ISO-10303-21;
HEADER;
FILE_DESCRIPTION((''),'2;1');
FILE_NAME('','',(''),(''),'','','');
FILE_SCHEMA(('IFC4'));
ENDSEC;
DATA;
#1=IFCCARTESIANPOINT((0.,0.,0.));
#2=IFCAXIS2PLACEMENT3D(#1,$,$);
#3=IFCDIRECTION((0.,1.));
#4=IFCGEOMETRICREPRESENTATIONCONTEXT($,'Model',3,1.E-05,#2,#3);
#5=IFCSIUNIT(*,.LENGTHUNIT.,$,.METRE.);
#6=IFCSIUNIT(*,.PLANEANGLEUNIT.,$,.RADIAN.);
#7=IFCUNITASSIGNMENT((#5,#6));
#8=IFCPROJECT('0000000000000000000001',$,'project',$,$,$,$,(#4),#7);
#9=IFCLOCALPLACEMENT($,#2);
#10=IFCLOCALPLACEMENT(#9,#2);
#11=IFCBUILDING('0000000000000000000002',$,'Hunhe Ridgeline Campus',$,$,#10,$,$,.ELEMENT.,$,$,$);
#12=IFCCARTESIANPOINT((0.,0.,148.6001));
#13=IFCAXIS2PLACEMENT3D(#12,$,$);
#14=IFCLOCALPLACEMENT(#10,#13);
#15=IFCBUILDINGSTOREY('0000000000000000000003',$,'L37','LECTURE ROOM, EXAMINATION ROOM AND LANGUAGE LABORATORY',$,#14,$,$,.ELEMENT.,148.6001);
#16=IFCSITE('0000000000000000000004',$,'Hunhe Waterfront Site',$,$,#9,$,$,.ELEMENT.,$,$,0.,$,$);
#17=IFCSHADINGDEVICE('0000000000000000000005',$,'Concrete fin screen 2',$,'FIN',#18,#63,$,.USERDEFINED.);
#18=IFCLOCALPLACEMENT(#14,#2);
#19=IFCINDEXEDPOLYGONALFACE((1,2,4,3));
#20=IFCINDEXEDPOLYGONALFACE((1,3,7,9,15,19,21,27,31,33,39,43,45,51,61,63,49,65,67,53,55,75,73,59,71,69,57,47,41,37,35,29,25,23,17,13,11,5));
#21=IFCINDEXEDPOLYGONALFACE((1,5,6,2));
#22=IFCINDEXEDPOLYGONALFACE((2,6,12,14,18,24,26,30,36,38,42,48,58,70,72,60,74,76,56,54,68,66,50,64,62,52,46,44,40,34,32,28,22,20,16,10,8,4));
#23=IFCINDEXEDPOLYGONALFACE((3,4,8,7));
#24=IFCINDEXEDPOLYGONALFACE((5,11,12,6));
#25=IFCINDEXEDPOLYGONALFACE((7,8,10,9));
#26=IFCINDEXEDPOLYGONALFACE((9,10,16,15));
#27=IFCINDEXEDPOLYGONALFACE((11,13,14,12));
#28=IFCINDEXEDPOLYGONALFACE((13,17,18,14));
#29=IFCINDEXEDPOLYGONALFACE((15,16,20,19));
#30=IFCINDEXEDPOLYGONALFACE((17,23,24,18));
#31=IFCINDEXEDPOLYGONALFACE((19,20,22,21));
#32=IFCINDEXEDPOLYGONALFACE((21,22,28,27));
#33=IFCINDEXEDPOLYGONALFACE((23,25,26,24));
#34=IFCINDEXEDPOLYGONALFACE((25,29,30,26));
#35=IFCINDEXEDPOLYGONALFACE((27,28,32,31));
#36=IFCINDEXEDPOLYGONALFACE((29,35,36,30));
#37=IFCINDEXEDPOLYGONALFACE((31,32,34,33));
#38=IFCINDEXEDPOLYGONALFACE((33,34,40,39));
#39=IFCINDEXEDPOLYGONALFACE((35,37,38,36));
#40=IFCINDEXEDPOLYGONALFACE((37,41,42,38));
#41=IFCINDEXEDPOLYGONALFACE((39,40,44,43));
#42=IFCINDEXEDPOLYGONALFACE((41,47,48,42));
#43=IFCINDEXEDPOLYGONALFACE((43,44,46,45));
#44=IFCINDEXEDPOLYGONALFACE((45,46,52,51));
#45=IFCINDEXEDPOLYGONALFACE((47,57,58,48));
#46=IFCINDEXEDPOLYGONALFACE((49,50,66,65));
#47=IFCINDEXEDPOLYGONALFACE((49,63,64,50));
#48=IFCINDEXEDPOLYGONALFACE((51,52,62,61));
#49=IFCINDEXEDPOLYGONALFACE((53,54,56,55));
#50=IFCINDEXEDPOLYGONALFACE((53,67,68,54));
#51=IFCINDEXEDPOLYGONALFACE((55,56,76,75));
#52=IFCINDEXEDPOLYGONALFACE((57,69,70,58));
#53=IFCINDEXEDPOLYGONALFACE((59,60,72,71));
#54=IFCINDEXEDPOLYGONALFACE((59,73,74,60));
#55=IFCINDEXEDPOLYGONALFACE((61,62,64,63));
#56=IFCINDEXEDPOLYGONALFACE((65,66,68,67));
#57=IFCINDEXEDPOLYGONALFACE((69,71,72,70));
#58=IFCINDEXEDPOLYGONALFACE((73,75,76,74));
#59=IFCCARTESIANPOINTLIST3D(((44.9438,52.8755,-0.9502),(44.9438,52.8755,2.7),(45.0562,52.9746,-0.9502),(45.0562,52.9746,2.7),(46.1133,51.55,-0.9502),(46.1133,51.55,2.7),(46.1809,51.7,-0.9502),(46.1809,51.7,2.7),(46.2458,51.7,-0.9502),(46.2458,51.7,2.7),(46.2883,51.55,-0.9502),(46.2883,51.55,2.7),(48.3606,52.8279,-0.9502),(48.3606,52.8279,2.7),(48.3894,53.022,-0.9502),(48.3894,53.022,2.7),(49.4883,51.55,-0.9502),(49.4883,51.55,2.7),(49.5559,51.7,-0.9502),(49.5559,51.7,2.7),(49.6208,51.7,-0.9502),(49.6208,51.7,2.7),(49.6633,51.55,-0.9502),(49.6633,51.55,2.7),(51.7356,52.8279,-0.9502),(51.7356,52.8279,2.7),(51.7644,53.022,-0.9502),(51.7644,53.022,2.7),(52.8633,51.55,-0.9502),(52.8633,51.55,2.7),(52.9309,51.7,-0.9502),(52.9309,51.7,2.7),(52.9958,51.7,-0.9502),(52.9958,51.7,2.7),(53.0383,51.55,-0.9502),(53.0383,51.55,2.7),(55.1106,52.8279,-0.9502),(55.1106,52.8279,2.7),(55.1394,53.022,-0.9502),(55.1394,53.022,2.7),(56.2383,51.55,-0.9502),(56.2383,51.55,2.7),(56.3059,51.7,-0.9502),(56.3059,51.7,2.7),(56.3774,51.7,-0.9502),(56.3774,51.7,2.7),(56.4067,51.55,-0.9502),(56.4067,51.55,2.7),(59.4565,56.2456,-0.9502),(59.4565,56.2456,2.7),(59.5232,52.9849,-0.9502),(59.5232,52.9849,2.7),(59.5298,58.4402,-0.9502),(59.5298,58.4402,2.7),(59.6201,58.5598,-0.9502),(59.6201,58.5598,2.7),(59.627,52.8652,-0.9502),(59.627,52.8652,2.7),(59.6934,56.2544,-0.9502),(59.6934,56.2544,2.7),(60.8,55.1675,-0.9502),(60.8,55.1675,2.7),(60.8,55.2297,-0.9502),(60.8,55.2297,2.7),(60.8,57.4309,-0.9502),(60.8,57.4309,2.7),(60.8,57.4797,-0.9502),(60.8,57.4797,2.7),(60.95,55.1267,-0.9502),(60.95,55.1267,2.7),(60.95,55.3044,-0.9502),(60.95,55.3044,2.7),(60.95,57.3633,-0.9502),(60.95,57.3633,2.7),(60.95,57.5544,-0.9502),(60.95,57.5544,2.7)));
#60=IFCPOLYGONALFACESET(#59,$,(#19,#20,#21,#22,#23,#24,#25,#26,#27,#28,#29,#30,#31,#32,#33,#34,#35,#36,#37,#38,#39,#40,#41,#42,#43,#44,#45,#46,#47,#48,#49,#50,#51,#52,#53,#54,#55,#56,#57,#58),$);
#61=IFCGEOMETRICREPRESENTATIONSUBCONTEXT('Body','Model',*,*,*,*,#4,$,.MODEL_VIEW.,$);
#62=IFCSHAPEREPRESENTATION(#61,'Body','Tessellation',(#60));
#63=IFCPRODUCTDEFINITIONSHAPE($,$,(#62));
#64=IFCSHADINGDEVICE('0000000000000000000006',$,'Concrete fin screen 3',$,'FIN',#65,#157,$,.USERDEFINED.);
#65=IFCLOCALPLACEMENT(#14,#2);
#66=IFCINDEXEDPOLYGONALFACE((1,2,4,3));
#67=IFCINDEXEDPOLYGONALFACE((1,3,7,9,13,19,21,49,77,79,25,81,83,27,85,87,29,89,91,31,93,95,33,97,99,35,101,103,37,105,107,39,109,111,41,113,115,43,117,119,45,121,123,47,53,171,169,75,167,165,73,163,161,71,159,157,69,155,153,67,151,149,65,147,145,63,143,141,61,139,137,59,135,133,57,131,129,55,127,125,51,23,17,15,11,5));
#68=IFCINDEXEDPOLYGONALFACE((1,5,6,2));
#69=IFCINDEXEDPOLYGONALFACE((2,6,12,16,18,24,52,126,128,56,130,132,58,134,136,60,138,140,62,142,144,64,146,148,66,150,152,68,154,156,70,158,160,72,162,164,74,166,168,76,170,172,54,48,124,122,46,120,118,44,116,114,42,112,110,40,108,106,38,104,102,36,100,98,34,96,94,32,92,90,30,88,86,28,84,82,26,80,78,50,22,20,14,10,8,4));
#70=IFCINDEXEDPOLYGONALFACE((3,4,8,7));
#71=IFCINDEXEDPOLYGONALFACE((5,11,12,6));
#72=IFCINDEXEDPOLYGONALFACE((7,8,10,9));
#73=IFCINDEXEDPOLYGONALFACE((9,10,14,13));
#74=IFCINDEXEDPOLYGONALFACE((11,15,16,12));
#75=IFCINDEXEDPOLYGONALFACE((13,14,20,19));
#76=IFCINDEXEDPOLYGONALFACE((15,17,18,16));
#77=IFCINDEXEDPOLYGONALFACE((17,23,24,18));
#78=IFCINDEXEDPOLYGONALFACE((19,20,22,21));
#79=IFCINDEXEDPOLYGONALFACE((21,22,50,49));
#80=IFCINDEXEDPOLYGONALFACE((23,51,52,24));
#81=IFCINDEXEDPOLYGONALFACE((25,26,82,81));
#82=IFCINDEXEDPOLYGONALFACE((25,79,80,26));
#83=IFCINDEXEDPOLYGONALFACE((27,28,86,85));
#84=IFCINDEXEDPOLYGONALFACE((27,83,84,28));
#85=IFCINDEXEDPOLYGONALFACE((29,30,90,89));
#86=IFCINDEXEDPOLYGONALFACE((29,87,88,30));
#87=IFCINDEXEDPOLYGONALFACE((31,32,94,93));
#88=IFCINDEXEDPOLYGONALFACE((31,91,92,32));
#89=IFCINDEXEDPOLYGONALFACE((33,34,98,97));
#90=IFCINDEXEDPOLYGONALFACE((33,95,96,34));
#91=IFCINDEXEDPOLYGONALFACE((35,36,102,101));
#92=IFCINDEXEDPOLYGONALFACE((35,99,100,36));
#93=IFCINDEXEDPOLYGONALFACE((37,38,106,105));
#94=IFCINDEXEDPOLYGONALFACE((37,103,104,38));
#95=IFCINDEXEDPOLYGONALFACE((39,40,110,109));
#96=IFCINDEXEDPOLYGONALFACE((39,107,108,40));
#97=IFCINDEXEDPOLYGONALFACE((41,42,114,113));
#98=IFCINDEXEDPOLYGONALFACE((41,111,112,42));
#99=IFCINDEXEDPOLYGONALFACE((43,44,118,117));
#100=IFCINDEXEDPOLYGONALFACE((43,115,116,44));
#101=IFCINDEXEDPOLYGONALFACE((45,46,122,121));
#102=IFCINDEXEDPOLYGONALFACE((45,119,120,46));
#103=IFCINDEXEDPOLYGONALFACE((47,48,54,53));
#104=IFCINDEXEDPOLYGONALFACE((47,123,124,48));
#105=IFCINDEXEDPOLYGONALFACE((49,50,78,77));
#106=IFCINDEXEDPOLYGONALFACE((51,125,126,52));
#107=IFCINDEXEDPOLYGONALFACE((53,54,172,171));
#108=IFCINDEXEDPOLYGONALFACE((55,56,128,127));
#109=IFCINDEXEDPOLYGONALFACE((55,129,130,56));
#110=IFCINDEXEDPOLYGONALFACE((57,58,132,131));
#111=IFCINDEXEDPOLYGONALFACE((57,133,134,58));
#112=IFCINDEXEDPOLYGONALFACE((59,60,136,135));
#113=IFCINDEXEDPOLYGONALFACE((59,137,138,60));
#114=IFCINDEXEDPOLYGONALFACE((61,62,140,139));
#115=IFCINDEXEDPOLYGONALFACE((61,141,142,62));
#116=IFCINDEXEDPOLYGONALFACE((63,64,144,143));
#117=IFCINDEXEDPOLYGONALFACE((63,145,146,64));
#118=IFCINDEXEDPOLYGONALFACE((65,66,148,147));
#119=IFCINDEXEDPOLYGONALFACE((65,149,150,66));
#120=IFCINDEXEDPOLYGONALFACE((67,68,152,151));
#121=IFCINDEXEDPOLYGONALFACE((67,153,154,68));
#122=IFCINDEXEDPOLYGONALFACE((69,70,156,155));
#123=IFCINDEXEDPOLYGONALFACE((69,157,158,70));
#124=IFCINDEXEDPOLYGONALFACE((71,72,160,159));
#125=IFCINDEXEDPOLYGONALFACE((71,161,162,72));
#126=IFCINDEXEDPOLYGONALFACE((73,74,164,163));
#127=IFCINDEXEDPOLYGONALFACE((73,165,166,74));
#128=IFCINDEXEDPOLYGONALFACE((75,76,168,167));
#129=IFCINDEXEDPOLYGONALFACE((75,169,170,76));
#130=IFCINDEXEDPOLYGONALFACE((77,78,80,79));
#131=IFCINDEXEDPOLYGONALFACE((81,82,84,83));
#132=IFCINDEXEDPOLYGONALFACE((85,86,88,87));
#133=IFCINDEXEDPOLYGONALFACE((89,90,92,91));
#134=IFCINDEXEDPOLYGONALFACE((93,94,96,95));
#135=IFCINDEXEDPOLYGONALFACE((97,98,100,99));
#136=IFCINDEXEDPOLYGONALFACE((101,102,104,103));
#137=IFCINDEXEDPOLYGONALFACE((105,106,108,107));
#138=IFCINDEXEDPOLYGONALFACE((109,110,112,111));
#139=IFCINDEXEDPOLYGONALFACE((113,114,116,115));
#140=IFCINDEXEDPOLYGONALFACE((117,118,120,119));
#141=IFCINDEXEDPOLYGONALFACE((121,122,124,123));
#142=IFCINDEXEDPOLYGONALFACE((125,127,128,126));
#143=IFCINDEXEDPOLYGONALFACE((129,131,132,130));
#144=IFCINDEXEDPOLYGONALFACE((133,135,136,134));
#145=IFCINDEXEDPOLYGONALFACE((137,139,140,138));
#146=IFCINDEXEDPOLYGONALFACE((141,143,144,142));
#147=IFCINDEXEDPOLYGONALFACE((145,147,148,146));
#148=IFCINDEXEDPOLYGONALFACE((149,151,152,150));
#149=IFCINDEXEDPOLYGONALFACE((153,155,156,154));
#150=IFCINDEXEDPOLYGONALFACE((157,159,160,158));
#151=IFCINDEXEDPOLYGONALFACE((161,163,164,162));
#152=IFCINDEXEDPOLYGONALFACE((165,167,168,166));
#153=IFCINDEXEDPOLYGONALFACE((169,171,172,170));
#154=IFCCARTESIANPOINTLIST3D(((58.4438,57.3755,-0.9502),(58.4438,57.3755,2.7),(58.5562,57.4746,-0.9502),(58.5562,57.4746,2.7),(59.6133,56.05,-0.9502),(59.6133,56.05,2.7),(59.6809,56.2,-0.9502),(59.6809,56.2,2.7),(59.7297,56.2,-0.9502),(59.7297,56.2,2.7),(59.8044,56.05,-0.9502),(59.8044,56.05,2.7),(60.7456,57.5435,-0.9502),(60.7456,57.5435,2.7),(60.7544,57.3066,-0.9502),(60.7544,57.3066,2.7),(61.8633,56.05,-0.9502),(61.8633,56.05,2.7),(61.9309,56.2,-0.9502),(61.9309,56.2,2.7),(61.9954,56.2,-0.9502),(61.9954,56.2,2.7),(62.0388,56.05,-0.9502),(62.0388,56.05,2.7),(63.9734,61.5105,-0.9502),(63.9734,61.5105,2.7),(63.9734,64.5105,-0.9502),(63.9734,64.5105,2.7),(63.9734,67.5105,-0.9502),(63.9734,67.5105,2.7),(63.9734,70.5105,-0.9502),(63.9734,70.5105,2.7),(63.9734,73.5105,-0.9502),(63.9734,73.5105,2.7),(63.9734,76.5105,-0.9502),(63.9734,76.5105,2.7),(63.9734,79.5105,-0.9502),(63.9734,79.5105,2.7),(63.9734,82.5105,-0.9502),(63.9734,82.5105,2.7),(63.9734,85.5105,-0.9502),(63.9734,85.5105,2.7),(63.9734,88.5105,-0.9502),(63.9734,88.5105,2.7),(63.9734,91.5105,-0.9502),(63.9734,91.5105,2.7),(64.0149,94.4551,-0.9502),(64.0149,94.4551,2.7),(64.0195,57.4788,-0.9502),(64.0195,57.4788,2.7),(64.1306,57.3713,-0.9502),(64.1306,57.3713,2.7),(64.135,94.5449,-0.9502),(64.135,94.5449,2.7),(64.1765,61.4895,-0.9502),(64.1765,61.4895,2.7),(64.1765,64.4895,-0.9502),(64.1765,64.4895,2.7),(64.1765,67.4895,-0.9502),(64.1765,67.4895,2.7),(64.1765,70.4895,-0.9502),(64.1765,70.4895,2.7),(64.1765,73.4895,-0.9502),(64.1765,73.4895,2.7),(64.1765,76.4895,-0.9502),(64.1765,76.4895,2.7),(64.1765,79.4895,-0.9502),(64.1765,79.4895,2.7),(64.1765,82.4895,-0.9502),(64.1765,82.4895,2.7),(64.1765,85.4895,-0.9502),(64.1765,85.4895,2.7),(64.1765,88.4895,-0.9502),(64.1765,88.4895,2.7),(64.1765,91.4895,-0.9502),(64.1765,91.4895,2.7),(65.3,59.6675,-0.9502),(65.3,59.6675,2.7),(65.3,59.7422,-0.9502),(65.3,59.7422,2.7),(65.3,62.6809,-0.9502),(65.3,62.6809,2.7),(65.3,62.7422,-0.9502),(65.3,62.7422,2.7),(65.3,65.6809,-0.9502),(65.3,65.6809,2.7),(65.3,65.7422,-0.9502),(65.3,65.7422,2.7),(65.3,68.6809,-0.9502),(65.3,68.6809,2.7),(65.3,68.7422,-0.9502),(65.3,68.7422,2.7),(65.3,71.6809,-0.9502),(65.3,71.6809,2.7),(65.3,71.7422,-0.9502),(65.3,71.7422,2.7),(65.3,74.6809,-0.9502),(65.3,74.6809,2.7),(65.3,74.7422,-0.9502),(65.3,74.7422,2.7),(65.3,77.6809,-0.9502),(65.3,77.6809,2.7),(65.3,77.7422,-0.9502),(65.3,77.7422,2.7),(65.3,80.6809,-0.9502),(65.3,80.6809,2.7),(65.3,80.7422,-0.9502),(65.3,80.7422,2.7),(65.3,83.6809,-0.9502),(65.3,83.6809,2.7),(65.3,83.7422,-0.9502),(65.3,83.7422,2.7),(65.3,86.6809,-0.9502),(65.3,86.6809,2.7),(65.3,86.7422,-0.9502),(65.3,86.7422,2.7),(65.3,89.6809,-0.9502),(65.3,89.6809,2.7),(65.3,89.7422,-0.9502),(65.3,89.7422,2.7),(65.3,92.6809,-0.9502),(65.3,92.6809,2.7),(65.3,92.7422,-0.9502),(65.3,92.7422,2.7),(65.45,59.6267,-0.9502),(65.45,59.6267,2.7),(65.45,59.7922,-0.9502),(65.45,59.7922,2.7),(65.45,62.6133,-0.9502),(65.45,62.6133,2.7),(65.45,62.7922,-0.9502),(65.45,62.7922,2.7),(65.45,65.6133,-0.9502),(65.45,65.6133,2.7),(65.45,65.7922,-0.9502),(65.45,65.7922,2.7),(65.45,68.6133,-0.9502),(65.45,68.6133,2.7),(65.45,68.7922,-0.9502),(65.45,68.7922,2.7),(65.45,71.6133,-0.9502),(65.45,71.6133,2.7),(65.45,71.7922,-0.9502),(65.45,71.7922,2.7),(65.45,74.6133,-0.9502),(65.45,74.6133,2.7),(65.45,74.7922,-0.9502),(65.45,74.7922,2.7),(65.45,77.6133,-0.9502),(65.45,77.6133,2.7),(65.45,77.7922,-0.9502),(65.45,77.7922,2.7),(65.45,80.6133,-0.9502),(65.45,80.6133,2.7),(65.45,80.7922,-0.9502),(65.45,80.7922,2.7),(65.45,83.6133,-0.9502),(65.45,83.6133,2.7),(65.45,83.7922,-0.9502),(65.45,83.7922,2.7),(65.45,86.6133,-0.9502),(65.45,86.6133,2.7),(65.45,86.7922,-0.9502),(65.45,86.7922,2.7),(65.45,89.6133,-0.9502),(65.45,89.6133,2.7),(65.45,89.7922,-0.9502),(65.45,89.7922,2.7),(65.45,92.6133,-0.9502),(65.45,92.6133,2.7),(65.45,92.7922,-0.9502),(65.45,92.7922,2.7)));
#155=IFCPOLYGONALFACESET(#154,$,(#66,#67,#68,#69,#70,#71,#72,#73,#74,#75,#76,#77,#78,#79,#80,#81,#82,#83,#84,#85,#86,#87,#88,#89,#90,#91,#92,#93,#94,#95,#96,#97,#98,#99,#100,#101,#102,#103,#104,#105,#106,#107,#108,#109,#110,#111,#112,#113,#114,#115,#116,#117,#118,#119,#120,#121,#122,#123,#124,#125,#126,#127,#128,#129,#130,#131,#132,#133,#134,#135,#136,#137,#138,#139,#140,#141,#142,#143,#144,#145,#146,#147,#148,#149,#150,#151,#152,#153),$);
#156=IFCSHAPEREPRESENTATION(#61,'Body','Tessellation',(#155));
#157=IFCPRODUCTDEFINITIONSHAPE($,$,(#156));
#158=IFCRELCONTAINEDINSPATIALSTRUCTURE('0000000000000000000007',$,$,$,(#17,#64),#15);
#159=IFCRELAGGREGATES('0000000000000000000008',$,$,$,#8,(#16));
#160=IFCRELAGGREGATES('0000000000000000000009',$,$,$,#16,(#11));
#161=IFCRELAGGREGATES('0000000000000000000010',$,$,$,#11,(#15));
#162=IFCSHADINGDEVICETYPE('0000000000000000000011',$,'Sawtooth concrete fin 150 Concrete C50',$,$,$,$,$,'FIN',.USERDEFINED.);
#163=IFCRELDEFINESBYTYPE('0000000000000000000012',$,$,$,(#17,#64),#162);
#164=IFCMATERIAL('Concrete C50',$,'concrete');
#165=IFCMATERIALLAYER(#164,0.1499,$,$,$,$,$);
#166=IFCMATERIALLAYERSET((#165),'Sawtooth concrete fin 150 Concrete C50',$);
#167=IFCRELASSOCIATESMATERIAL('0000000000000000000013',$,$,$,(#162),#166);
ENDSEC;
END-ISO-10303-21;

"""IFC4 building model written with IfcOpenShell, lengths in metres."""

from ifc_helpers import new_model, si_unit, direction, frame, origin, place, context, subcontext, project, spatial, polyline, outline, extrude, material, layer, layer_set, type_object, element, save


model = new_model("IFC4")

# Units and contexts
model_context = context("Model", 3, precision=1e-05, world=origin(), true_north=direction((0.0, 1.0)))
body_context = subcontext(model_context, "Body", "Model", "MODEL_VIEW")
ifc_project = project(units=[si_unit("LENGTHUNIT", "METRE"), si_unit("PLANEANGLEUNIT", "RADIAN")], contexts=[model_context])

# Site, building, storey
site_placement = place(None, origin())
site = spatial("IfcSite", under=ifc_project, at=site_placement, Name="Hunhe Waterfront Site", CompositionType="ELEMENT", RefElevation=0.0)
building_placement = place(site_placement, origin())
building = spatial("IfcBuilding", under=site, at=building_placement, Name="Hunhe Ridgeline Campus", CompositionType="ELEMENT")
storey_placement = place(building_placement, frame((0.0, 0.0, 148.6001)))
storey = spatial("IfcBuildingStorey", under=building, at=storey_placement, Name="L37", Description="LECTURE ROOM, EXAMINATION ROOM AND LANGUAGE LABORATORY", CompositionType="ELEMENT", Elevation=148.6001)

# Shading devices
ifc_material_1 = material(Name="Concrete C50", Category="concrete")
ifc_layer_1 = layer(ifc_material_1, 0.1499)
ifc_layer_set_1 = layer_set([ifc_layer_1], Name="Sawtooth concrete fin 150 Concrete C50")
shading_device_type = type_object("IfcShadingDeviceType", Name="Sawtooth concrete fin 150 Concrete C50", ElementType="FIN", PredefinedType="USERDEFINED", material=ifc_layer_set_1)
shading_device_1_placement = place(storey_placement, frame((0.0, 0.0, -0.9502)))
element("IfcShadingDevice", 1, at=shading_device_1_placement, inside=storey, type_object=shading_device_type, Name="Concrete fin screen 2", ObjectType="FIN", PredefinedType="USERDEFINED", context=body_context, shape_type="SweptSolid", body=[
    extrude(outline(polyline([(45.0562, 52.9746), (44.9438, 52.8755), (46.1133, 51.55), (46.2883, 51.55), (48.3606, 52.8279), (49.4883, 51.55), (49.6633, 51.55), (51.7356, 52.8279), (52.8633, 51.55), (53.0383, 51.55), (55.1106, 52.8279), (56.2383, 51.55), (56.4067, 51.55), (59.627, 52.8652), (60.95, 55.1267), (60.95, 55.3044), (59.6934, 56.2544), (60.95, 57.3633), (60.95, 57.5544), (59.6201, 58.5598), (59.5298, 58.4402), (60.8, 57.4797), (60.8, 57.4309), (59.4565, 56.2456), (60.8, 55.2297), (60.8, 55.1675), (59.5232, 52.9849), (56.3774, 51.7), (56.3059, 51.7), (55.1394, 53.022), (52.9958, 51.7), (52.9309, 51.7), (51.7644, 53.022), (49.6208, 51.7), (49.5559, 51.7), (48.3894, 53.022), (46.2458, 51.7), (46.1809, 51.7), (45.0562, 52.9746)])), origin(), (0.0, 0.0, 1.0), 3.6501),
])
shading_device_2_placement = place(storey_placement, frame((0.0, 0.0, -0.9502)))
element("IfcShadingDevice", 2, at=shading_device_2_placement, inside=storey, type_object=shading_device_type, Name="Concrete fin screen 3", ObjectType="FIN", PredefinedType="USERDEFINED", context=body_context, shape_type="SweptSolid", body=[
    extrude(outline(polyline([(58.5562, 57.4746), (58.4438, 57.3755), (59.6133, 56.05), (59.8044, 56.05), (60.7544, 57.3066), (61.8633, 56.05), (62.0388, 56.05), (64.1306, 57.3713), (65.45, 59.6267), (65.45, 59.7922), (64.1765, 61.4895), (65.45, 62.6133), (65.45, 62.7922), (64.1765, 64.4895), (65.45, 65.6133), (65.45, 65.7922), (64.1765, 67.4895), (65.45, 68.6133), (65.45, 68.7922), (64.1765, 70.4895), (65.45, 71.6133), (65.45, 71.7922), (64.1765, 73.4895), (65.45, 74.6133), (65.45, 74.7922), (64.1765, 76.4895), (65.45, 77.6133), (65.45, 77.7922), (64.1765, 79.4895), (65.45, 80.6133), (65.45, 80.7922), (64.1765, 82.4895), (65.45, 83.6133), (65.45, 83.7922), (64.1765, 85.4895), (65.45, 86.6133), (65.45, 86.7922), (64.1765, 88.4895), (65.45, 89.6133), (65.45, 89.7922), (64.1765, 91.4895), (65.45, 92.6133), (65.45, 92.7922), (64.135, 94.5449), (64.0149, 94.4551), (65.3, 92.7422), (65.3, 92.6809), (63.9734, 91.5105), (65.3, 89.7422), (65.3, 89.6809), (63.9734, 88.5105), (65.3, 86.7422), (65.3, 86.6809), (63.9734, 85.5105), (65.3, 83.7422), (65.3, 83.6809), (63.9734, 82.5105), (65.3, 80.7422), (65.3, 80.6809), (63.9734, 79.5105), (65.3, 77.7422), (65.3, 77.6809), (63.9734, 76.5105), (65.3, 74.7422), (65.3, 74.6809), (63.9734, 73.5105), (65.3, 71.7422), (65.3, 71.6809), (63.9734, 70.5105), (65.3, 68.7422), (65.3, 68.6809), (63.9734, 67.5105), (65.3, 65.7422), (65.3, 65.6809), (63.9734, 64.5105), (65.3, 62.7422), (65.3, 62.6809), (63.9734, 61.5105), (65.3, 59.7422), (65.3, 59.6675), (64.0195, 57.4788), (61.9954, 56.2), (61.9309, 56.2), (60.7456, 57.5435), (59.7297, 56.2), (59.6809, 56.2), (58.5562, 57.4746)])), origin(), (0.0, 0.0, 1.0), 3.6501),
])

save(model, "model.ifc")
